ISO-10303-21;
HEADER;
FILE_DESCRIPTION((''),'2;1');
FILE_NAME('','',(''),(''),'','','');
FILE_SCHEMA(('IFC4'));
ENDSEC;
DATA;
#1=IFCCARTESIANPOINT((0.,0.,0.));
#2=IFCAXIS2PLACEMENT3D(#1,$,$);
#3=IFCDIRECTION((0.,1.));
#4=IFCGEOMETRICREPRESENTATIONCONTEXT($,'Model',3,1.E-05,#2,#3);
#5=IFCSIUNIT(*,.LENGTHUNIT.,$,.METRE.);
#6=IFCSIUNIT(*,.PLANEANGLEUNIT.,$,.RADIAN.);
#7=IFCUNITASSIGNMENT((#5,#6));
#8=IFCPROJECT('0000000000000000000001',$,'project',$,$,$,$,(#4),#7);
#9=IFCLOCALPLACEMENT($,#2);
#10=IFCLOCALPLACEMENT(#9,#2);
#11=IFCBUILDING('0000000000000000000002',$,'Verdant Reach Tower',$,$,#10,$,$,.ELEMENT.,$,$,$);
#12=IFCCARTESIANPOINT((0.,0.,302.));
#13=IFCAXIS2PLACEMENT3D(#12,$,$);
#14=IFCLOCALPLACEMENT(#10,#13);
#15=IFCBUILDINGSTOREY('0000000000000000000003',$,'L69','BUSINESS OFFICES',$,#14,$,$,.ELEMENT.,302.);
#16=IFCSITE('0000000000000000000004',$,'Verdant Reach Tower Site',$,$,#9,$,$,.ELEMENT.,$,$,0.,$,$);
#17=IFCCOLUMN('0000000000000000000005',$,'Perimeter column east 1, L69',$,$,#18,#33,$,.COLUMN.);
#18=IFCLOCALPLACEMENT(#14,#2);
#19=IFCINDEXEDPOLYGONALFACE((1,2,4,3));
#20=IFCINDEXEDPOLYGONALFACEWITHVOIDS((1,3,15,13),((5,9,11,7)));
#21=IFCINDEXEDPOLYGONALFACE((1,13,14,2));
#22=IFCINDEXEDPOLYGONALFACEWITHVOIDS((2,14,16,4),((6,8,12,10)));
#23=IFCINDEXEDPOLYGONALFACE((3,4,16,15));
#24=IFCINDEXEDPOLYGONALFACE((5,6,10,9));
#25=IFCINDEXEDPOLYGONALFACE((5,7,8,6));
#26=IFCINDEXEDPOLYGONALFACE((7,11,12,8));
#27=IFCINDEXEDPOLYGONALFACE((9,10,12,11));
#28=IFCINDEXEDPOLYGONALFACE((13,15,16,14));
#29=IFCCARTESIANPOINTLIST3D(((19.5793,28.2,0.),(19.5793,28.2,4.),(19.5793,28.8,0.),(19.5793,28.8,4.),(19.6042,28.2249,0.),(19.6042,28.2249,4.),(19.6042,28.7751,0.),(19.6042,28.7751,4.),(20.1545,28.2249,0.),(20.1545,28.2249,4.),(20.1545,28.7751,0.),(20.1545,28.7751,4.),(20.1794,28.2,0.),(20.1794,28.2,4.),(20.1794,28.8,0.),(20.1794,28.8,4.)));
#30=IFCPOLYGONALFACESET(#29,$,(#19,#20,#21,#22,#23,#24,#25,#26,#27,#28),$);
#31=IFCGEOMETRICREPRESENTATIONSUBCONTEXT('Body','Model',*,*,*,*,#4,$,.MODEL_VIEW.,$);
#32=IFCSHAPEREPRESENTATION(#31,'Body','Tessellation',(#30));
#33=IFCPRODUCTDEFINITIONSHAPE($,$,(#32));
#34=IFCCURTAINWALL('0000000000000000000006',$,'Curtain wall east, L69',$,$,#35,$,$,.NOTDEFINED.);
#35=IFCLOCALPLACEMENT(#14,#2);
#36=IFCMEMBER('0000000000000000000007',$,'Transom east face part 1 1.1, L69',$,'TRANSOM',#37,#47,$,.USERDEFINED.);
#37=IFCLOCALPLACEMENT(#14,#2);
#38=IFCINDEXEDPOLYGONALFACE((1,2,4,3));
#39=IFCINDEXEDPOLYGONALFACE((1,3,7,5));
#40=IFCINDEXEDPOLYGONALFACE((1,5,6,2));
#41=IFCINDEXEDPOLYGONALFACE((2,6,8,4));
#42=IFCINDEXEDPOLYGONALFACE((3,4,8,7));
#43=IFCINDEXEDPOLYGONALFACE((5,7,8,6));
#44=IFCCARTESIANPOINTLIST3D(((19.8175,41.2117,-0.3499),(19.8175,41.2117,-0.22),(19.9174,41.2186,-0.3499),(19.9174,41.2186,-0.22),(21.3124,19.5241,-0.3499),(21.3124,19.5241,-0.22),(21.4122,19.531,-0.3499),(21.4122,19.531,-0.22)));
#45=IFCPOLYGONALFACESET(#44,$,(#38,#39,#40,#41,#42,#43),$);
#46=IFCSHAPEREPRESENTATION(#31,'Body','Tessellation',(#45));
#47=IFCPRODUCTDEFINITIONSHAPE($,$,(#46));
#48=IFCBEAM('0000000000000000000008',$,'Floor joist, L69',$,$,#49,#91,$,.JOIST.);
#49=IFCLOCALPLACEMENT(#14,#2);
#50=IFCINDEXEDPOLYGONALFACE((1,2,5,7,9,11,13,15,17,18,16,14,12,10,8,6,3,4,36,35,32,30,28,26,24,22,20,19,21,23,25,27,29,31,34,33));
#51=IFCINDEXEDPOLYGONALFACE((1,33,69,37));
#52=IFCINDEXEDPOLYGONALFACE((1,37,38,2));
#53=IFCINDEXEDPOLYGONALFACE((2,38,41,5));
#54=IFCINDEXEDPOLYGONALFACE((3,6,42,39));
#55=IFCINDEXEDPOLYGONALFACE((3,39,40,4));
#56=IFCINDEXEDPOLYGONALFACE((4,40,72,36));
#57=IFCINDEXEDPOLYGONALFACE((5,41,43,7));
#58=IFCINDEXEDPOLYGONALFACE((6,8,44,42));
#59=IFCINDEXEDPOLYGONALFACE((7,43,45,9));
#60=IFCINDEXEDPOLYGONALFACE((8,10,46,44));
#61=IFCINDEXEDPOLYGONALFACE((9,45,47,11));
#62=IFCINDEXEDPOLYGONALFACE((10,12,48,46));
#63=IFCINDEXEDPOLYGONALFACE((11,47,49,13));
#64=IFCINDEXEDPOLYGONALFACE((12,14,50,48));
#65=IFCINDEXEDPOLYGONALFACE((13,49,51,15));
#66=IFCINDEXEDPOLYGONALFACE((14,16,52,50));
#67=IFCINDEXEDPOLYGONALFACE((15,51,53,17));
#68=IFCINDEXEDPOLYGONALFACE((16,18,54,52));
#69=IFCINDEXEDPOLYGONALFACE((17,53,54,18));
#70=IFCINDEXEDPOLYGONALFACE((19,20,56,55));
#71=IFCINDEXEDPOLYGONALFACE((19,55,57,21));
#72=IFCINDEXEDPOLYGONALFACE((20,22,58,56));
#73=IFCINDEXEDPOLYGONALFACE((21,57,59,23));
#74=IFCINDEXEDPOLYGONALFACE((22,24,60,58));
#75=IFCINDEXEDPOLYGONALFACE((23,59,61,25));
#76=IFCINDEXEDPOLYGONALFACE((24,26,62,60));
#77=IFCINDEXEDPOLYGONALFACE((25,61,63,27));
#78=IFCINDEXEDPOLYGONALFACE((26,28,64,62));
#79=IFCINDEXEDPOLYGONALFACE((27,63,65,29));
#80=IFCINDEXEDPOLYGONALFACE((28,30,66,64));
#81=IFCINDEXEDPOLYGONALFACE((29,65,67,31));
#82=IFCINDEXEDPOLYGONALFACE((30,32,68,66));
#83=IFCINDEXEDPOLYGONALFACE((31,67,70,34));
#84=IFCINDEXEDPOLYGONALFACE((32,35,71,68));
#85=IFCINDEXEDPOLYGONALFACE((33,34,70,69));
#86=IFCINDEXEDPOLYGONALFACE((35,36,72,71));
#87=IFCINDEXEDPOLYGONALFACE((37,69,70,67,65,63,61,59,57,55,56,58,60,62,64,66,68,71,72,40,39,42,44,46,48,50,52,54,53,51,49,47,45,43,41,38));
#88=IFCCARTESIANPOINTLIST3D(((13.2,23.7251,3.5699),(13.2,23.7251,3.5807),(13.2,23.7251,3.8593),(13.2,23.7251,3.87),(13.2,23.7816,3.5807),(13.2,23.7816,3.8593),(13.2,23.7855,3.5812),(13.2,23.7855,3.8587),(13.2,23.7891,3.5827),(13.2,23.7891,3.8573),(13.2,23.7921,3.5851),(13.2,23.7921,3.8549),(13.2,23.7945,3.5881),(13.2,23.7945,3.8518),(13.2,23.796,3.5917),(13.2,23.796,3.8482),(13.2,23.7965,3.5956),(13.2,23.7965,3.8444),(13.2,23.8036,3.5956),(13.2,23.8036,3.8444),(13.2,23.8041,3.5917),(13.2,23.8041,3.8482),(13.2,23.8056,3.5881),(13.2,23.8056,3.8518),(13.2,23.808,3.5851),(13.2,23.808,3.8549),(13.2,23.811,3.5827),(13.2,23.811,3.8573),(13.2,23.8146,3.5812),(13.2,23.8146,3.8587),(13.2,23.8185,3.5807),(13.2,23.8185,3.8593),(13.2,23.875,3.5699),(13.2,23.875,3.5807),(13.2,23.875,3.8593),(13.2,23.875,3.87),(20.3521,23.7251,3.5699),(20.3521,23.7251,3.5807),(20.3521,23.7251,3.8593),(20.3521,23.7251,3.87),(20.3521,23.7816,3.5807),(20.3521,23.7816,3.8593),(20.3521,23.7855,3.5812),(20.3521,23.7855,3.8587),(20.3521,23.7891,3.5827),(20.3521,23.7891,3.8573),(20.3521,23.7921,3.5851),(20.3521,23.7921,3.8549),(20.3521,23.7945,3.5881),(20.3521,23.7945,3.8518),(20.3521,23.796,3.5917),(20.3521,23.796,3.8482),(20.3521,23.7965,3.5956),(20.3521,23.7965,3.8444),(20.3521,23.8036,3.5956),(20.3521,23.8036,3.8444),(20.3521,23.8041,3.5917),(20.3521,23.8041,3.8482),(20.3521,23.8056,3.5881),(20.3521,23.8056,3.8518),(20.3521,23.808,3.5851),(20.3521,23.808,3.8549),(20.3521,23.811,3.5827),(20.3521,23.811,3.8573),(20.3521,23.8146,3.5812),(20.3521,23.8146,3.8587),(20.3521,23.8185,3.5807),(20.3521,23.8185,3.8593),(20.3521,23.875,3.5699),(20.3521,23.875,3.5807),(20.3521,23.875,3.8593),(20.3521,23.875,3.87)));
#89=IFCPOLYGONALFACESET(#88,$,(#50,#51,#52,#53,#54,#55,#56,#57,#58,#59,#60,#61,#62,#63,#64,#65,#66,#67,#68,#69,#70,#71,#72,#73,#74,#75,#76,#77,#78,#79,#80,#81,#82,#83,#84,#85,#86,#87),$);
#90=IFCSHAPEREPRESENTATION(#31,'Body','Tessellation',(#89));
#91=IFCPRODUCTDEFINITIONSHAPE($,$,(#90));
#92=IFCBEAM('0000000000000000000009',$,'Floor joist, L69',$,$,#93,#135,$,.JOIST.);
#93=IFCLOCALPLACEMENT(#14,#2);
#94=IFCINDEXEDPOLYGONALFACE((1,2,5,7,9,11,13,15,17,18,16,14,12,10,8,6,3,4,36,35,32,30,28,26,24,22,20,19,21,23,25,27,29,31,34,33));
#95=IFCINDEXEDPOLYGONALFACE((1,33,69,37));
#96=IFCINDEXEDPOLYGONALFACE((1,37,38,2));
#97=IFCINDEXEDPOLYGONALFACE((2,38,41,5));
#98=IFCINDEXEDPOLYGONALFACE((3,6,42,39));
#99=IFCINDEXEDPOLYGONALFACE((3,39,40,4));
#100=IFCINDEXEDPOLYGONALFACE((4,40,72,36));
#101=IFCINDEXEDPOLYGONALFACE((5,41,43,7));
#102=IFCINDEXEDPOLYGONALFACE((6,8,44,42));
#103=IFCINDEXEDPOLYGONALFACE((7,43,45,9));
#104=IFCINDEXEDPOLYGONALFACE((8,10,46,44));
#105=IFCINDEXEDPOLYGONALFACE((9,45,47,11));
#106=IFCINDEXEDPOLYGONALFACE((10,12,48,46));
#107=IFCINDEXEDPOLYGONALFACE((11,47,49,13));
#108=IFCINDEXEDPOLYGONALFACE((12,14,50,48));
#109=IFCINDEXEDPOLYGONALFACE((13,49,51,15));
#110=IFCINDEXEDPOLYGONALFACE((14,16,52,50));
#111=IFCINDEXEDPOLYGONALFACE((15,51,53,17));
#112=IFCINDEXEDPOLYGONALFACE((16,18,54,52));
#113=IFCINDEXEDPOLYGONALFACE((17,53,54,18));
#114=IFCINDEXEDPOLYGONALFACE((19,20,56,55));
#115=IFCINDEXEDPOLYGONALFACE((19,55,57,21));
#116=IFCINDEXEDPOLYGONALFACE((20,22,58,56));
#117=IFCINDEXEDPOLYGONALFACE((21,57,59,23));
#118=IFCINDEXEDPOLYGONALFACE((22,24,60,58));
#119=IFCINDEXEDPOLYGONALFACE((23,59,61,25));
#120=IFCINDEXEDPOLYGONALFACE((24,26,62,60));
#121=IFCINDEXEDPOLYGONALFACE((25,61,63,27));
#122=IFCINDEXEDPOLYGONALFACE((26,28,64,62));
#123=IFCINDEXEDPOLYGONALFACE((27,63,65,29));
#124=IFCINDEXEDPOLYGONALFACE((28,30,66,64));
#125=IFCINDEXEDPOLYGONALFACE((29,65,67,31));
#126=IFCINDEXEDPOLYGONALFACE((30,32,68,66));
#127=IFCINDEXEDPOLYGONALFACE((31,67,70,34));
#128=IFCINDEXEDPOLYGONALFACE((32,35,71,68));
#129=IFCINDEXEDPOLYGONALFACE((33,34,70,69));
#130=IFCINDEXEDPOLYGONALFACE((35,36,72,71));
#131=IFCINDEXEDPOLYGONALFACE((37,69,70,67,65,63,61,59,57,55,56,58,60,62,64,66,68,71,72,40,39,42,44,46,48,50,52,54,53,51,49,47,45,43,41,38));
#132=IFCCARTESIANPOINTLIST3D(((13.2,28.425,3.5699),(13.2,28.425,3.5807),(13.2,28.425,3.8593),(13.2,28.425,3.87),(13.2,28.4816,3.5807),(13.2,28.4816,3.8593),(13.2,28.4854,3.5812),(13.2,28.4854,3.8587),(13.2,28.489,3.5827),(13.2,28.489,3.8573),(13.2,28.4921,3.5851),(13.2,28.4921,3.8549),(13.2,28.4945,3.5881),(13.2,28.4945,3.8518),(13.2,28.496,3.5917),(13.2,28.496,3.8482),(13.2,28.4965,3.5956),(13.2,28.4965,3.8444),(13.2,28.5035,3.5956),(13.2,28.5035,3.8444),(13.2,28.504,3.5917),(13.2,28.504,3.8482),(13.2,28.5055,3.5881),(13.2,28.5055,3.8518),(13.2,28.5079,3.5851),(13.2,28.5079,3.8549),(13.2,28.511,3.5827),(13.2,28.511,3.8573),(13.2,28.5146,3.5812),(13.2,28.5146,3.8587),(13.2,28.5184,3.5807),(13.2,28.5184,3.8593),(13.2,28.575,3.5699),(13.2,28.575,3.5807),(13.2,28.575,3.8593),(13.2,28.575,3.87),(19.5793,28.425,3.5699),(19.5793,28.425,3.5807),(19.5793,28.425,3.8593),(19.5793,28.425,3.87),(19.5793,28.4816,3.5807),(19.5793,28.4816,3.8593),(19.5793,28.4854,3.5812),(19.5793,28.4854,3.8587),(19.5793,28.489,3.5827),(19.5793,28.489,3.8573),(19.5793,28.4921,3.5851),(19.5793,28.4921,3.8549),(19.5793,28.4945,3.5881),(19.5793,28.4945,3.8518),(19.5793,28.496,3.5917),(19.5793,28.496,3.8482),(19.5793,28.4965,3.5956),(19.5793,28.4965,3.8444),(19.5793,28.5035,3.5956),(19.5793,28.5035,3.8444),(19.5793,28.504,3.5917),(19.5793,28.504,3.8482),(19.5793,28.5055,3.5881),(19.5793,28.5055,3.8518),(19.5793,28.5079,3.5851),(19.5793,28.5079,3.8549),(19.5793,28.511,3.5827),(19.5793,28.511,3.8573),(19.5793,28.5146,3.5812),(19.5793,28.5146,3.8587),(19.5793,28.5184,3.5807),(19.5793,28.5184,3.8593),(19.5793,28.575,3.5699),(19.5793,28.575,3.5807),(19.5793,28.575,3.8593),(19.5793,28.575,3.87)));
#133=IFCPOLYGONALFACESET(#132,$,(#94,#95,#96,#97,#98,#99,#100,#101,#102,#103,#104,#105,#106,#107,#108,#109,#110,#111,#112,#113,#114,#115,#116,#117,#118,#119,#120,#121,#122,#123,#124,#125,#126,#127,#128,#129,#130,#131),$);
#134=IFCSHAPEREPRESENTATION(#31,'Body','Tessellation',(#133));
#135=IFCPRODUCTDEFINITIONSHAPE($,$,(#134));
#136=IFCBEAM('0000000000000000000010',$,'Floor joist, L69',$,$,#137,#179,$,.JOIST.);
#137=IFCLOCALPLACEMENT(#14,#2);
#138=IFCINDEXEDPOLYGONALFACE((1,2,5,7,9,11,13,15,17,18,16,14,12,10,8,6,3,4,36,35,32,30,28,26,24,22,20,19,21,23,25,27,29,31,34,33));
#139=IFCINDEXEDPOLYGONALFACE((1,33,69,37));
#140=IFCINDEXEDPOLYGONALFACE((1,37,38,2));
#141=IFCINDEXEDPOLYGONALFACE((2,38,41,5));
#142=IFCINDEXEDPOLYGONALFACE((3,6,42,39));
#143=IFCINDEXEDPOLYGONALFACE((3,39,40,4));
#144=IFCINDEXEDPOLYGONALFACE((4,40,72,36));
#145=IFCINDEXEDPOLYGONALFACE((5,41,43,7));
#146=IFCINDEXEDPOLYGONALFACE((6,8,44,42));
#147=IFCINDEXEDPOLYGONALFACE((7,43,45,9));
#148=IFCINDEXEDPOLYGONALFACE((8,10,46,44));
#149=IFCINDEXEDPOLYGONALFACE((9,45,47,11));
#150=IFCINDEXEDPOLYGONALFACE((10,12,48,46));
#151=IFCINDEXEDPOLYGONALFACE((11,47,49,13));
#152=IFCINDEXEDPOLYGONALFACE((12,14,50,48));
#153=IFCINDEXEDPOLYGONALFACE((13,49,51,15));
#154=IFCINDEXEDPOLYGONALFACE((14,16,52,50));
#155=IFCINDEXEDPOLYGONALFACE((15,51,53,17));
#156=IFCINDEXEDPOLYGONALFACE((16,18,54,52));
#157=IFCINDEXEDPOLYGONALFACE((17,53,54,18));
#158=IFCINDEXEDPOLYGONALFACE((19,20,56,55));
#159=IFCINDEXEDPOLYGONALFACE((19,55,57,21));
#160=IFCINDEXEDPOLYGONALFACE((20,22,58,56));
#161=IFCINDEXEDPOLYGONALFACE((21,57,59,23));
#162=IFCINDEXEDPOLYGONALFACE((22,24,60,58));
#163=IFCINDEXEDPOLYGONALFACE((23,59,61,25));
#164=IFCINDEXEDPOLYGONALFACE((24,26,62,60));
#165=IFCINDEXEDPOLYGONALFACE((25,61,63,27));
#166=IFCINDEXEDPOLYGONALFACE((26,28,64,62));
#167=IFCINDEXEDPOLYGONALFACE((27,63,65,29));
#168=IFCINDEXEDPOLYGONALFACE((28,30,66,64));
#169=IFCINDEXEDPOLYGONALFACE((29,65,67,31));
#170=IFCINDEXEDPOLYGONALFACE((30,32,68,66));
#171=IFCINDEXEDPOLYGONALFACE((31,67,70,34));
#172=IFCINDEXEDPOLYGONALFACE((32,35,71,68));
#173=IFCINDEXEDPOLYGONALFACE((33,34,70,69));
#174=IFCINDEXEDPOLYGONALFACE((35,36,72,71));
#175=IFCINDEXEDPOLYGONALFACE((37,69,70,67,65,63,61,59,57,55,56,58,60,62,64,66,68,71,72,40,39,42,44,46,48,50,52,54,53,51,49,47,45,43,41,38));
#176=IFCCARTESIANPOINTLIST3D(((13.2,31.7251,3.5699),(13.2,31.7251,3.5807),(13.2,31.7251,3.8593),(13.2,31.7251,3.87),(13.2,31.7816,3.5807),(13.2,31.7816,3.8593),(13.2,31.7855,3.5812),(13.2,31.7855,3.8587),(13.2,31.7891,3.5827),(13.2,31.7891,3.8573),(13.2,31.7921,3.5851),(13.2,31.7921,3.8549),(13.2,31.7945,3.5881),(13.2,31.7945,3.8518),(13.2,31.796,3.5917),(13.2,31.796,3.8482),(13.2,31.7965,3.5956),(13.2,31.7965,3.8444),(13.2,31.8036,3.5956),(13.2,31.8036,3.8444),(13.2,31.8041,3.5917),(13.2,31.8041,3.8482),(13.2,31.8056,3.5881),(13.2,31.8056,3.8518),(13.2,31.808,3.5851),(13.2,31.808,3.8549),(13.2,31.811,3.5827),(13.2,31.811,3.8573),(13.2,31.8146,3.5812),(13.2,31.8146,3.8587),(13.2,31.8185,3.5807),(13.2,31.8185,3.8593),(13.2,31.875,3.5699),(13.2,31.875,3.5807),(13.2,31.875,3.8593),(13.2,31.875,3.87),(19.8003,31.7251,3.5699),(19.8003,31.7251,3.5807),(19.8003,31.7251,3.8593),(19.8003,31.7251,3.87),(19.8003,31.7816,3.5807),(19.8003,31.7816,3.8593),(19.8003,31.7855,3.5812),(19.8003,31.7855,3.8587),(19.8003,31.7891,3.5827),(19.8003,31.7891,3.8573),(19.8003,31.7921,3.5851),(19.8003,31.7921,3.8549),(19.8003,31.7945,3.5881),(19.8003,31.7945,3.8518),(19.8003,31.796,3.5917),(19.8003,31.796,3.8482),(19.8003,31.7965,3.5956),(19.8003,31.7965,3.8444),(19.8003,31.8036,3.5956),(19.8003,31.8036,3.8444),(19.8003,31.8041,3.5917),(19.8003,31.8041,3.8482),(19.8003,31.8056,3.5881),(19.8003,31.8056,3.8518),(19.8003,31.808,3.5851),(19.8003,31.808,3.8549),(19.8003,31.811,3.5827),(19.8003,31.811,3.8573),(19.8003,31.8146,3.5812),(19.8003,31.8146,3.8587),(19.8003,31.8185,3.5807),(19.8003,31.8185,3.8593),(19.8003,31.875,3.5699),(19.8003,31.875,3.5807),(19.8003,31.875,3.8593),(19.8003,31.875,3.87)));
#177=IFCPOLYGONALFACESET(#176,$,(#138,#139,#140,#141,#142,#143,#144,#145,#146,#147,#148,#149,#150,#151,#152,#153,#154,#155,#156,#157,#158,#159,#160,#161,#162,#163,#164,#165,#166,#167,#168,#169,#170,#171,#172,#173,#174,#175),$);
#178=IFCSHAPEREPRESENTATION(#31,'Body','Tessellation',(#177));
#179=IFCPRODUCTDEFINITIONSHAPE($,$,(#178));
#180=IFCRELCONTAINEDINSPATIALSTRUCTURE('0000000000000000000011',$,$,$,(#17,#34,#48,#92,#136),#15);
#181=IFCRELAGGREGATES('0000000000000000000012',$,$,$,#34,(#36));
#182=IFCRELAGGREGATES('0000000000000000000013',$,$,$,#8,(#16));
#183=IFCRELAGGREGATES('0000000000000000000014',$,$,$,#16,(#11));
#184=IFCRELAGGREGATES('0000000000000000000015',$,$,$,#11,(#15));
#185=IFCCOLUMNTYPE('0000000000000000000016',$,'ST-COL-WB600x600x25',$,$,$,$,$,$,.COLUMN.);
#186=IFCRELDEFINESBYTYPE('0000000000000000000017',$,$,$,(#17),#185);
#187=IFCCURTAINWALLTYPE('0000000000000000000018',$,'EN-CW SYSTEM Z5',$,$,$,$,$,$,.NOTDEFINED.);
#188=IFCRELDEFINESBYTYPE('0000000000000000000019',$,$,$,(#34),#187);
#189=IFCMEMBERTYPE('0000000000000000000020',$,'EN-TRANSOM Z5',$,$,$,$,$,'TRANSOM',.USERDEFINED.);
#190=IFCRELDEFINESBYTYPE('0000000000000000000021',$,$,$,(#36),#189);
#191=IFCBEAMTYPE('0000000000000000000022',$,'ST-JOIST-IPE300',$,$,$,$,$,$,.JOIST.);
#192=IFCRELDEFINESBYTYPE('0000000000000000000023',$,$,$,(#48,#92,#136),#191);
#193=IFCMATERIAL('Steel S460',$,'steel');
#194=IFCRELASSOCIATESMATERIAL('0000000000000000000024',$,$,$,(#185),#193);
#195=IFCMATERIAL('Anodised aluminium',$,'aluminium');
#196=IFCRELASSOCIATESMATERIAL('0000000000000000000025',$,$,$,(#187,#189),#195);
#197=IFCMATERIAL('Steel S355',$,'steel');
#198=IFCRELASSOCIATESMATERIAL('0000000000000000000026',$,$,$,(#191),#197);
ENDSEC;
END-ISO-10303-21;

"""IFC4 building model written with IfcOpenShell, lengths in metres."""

from ifc_helpers import new_model, si_unit, direction, frame, origin, origin_2d, place, context, subcontext, project, spatial, rectangle, hollow_rectangle, i_section, extrude, material, material_profile, profile_set, type_object, element, aggregate, save


model = new_model("IFC4")

# Units and contexts
model_context = context("Model", 3, precision=1e-05, world=origin(), true_north=direction((0.0, 1.0)))
body_context = subcontext(model_context, "Body", "Model", "MODEL_VIEW")
ifc_project = project(units=[si_unit("LENGTHUNIT", "METRE"), si_unit("PLANEANGLEUNIT", "RADIAN")], contexts=[model_context])

# Site, building, storey
site_placement = place(None, origin())
site = spatial("IfcSite", under=ifc_project, at=site_placement, Name="Verdant Reach Tower Site", CompositionType="ELEMENT", RefElevation=0.0)
building_placement = place(site_placement, origin())
building = spatial("IfcBuilding", under=site, at=building_placement, Name="Verdant Reach Tower", CompositionType="ELEMENT")
storey_placement = place(building_placement, frame((0.0, 0.0, 302.0)))
storey = spatial("IfcBuildingStorey", under=building, at=storey_placement, Name="L69", Description="BUSINESS OFFICES", CompositionType="ELEMENT", Elevation=302.0)

# Column
ifc_material_1 = material(Name="Steel S460", Category="steel")
ifc_material_profile_1 = material_profile(ifc_material_1, hollow_rectangle(XDim=0.6001, YDim=0.6001, WallThickness=0.0249, at=origin_2d()), Name="WB 600x600x25")
ifc_profile_set_1 = profile_set([ifc_material_profile_1], Name="Steel S460")
column_type = type_object("IfcColumnType", Name="ST-COL-WB600x600x25", PredefinedType="COLUMN", material=ifc_profile_set_1)
column_placement = place(storey_placement, frame((19.8794, 28.5, 0.0), z_axis=(0.0, 0.0, 1.0), x_axis=(1.0, 0.0, 0.0)))
element("IfcColumn", 1, at=column_placement, inside=storey, type_object=column_type, Name="Perimeter column east 1, L69", PredefinedType="COLUMN", context=body_context, shape_type="SweptSolid", body=[
    extrude(hollow_rectangle(XDim=0.6001, YDim=0.6001, WallThickness=0.0249, at=origin_2d()), origin(), (0.0, 0.0, 1.0), 4.0),
])

# Curtain wall, member
ifc_material_2 = material(Name="Anodised aluminium", Category="aluminium")
curtain_wall_type = type_object("IfcCurtainWallType", Name="EN-CW SYSTEM Z5", PredefinedType="NOTDEFINED", material=ifc_material_2)
curtain_wall_placement = place(storey_placement, origin())
curtain_wall = element("IfcCurtainWall", 2, at=curtain_wall_placement, inside=storey, type_object=curtain_wall_type, Name="Curtain wall east, L69", PredefinedType="NOTDEFINED")
ifc_material_profile_2 = material_profile(ifc_material_2, rectangle(XDim=0.1001, YDim=0.1299, at=origin_2d()), Name="Transom 130x100")
ifc_profile_set_2 = profile_set([ifc_material_profile_2], Name="Anodised aluminium")
member_type = type_object("IfcMemberType", Name="EN-TRANSOM Z5", ElementType="TRANSOM", PredefinedType="USERDEFINED", material=ifc_profile_set_2)
member_placement = place(storey_placement, frame((21.3623, 19.5276, -0.2849), z_axis=(-0.068765, 0.997633, 0.0), x_axis=(-0.997633, -0.068765, 0.0)))
member = element("IfcMember", 3, at=member_placement, type_object=member_type, Name="Transom east face part 1 1.1, L69", ObjectType="TRANSOM", PredefinedType="USERDEFINED", context=body_context, shape_type="SweptSolid", body=[
    extrude(rectangle(XDim=0.1001, YDim=0.1299, at=origin_2d()), origin(), (0.0, 0.0, 1.0), 21.739),
])

# Beams
ifc_material_3 = material(Name="Steel S355", Category="steel")
ifc_material_profile_3 = material_profile(ifc_material_3, i_section(OverallWidth=0.1499, OverallDepth=0.3, WebThickness=0.0071, FlangeThickness=0.0107, FilletRadius=0.0149, at=origin_2d()), Name="IPE 300")
ifc_profile_set_3 = profile_set([ifc_material_profile_3], Name="Steel S355")
beam_type_1 = type_object("IfcBeamType", Name="ST-JOIST-IPE300", PredefinedType="JOIST", material=ifc_profile_set_3)
beam_1_placement = place(storey_placement, frame((13.2, 23.8, 3.72), z_axis=(1.0, 0.0, 0.0), x_axis=(0.0, 1.0, 0.0)))
element("IfcBeam", 4, at=beam_1_placement, inside=storey, type_object=beam_type_1, Name="Floor joist, L69", PredefinedType="JOIST", context=body_context, shape_type="SweptSolid", body=[
    extrude(i_section(OverallWidth=0.1499, OverallDepth=0.3, WebThickness=0.0071, FlangeThickness=0.0107, FilletRadius=0.0149, at=origin_2d()), origin(), (0.0, 0.0, 1.0), 7.1521),
])
beam_2_placement = place(storey_placement, frame((13.2, 28.5, 3.72), z_axis=(1.0, 0.0, 0.0), x_axis=(0.0, 1.0, 0.0)))
element("IfcBeam", 5, at=beam_2_placement, inside=storey, type_object=beam_type_1, Name="Floor joist, L69", PredefinedType="JOIST", context=body_context, shape_type="SweptSolid", body=[
    extrude(i_section(OverallWidth=0.1499, OverallDepth=0.3, WebThickness=0.0071, FlangeThickness=0.0107, FilletRadius=0.0149, at=origin_2d()), origin(), (0.0, 0.0, 1.0), 6.3794),
])
beam_3_placement = place(storey_placement, frame((13.2, 31.8, 3.72), z_axis=(1.0, 0.0, 0.0), x_axis=(0.0, 1.0, 0.0)))
element("IfcBeam", 6, at=beam_3_placement, inside=storey, type_object=beam_type_1, Name="Floor joist, L69", PredefinedType="JOIST", context=body_context, shape_type="SweptSolid", body=[
    extrude(i_section(OverallWidth=0.1499, OverallDepth=0.3, WebThickness=0.0071, FlangeThickness=0.0107, FilletRadius=0.0149, at=origin_2d()), origin(), (0.0, 0.0, 1.0), 6.6003),
])

aggregate(curtain_wall, [member])

save(model, "model.ifc")
